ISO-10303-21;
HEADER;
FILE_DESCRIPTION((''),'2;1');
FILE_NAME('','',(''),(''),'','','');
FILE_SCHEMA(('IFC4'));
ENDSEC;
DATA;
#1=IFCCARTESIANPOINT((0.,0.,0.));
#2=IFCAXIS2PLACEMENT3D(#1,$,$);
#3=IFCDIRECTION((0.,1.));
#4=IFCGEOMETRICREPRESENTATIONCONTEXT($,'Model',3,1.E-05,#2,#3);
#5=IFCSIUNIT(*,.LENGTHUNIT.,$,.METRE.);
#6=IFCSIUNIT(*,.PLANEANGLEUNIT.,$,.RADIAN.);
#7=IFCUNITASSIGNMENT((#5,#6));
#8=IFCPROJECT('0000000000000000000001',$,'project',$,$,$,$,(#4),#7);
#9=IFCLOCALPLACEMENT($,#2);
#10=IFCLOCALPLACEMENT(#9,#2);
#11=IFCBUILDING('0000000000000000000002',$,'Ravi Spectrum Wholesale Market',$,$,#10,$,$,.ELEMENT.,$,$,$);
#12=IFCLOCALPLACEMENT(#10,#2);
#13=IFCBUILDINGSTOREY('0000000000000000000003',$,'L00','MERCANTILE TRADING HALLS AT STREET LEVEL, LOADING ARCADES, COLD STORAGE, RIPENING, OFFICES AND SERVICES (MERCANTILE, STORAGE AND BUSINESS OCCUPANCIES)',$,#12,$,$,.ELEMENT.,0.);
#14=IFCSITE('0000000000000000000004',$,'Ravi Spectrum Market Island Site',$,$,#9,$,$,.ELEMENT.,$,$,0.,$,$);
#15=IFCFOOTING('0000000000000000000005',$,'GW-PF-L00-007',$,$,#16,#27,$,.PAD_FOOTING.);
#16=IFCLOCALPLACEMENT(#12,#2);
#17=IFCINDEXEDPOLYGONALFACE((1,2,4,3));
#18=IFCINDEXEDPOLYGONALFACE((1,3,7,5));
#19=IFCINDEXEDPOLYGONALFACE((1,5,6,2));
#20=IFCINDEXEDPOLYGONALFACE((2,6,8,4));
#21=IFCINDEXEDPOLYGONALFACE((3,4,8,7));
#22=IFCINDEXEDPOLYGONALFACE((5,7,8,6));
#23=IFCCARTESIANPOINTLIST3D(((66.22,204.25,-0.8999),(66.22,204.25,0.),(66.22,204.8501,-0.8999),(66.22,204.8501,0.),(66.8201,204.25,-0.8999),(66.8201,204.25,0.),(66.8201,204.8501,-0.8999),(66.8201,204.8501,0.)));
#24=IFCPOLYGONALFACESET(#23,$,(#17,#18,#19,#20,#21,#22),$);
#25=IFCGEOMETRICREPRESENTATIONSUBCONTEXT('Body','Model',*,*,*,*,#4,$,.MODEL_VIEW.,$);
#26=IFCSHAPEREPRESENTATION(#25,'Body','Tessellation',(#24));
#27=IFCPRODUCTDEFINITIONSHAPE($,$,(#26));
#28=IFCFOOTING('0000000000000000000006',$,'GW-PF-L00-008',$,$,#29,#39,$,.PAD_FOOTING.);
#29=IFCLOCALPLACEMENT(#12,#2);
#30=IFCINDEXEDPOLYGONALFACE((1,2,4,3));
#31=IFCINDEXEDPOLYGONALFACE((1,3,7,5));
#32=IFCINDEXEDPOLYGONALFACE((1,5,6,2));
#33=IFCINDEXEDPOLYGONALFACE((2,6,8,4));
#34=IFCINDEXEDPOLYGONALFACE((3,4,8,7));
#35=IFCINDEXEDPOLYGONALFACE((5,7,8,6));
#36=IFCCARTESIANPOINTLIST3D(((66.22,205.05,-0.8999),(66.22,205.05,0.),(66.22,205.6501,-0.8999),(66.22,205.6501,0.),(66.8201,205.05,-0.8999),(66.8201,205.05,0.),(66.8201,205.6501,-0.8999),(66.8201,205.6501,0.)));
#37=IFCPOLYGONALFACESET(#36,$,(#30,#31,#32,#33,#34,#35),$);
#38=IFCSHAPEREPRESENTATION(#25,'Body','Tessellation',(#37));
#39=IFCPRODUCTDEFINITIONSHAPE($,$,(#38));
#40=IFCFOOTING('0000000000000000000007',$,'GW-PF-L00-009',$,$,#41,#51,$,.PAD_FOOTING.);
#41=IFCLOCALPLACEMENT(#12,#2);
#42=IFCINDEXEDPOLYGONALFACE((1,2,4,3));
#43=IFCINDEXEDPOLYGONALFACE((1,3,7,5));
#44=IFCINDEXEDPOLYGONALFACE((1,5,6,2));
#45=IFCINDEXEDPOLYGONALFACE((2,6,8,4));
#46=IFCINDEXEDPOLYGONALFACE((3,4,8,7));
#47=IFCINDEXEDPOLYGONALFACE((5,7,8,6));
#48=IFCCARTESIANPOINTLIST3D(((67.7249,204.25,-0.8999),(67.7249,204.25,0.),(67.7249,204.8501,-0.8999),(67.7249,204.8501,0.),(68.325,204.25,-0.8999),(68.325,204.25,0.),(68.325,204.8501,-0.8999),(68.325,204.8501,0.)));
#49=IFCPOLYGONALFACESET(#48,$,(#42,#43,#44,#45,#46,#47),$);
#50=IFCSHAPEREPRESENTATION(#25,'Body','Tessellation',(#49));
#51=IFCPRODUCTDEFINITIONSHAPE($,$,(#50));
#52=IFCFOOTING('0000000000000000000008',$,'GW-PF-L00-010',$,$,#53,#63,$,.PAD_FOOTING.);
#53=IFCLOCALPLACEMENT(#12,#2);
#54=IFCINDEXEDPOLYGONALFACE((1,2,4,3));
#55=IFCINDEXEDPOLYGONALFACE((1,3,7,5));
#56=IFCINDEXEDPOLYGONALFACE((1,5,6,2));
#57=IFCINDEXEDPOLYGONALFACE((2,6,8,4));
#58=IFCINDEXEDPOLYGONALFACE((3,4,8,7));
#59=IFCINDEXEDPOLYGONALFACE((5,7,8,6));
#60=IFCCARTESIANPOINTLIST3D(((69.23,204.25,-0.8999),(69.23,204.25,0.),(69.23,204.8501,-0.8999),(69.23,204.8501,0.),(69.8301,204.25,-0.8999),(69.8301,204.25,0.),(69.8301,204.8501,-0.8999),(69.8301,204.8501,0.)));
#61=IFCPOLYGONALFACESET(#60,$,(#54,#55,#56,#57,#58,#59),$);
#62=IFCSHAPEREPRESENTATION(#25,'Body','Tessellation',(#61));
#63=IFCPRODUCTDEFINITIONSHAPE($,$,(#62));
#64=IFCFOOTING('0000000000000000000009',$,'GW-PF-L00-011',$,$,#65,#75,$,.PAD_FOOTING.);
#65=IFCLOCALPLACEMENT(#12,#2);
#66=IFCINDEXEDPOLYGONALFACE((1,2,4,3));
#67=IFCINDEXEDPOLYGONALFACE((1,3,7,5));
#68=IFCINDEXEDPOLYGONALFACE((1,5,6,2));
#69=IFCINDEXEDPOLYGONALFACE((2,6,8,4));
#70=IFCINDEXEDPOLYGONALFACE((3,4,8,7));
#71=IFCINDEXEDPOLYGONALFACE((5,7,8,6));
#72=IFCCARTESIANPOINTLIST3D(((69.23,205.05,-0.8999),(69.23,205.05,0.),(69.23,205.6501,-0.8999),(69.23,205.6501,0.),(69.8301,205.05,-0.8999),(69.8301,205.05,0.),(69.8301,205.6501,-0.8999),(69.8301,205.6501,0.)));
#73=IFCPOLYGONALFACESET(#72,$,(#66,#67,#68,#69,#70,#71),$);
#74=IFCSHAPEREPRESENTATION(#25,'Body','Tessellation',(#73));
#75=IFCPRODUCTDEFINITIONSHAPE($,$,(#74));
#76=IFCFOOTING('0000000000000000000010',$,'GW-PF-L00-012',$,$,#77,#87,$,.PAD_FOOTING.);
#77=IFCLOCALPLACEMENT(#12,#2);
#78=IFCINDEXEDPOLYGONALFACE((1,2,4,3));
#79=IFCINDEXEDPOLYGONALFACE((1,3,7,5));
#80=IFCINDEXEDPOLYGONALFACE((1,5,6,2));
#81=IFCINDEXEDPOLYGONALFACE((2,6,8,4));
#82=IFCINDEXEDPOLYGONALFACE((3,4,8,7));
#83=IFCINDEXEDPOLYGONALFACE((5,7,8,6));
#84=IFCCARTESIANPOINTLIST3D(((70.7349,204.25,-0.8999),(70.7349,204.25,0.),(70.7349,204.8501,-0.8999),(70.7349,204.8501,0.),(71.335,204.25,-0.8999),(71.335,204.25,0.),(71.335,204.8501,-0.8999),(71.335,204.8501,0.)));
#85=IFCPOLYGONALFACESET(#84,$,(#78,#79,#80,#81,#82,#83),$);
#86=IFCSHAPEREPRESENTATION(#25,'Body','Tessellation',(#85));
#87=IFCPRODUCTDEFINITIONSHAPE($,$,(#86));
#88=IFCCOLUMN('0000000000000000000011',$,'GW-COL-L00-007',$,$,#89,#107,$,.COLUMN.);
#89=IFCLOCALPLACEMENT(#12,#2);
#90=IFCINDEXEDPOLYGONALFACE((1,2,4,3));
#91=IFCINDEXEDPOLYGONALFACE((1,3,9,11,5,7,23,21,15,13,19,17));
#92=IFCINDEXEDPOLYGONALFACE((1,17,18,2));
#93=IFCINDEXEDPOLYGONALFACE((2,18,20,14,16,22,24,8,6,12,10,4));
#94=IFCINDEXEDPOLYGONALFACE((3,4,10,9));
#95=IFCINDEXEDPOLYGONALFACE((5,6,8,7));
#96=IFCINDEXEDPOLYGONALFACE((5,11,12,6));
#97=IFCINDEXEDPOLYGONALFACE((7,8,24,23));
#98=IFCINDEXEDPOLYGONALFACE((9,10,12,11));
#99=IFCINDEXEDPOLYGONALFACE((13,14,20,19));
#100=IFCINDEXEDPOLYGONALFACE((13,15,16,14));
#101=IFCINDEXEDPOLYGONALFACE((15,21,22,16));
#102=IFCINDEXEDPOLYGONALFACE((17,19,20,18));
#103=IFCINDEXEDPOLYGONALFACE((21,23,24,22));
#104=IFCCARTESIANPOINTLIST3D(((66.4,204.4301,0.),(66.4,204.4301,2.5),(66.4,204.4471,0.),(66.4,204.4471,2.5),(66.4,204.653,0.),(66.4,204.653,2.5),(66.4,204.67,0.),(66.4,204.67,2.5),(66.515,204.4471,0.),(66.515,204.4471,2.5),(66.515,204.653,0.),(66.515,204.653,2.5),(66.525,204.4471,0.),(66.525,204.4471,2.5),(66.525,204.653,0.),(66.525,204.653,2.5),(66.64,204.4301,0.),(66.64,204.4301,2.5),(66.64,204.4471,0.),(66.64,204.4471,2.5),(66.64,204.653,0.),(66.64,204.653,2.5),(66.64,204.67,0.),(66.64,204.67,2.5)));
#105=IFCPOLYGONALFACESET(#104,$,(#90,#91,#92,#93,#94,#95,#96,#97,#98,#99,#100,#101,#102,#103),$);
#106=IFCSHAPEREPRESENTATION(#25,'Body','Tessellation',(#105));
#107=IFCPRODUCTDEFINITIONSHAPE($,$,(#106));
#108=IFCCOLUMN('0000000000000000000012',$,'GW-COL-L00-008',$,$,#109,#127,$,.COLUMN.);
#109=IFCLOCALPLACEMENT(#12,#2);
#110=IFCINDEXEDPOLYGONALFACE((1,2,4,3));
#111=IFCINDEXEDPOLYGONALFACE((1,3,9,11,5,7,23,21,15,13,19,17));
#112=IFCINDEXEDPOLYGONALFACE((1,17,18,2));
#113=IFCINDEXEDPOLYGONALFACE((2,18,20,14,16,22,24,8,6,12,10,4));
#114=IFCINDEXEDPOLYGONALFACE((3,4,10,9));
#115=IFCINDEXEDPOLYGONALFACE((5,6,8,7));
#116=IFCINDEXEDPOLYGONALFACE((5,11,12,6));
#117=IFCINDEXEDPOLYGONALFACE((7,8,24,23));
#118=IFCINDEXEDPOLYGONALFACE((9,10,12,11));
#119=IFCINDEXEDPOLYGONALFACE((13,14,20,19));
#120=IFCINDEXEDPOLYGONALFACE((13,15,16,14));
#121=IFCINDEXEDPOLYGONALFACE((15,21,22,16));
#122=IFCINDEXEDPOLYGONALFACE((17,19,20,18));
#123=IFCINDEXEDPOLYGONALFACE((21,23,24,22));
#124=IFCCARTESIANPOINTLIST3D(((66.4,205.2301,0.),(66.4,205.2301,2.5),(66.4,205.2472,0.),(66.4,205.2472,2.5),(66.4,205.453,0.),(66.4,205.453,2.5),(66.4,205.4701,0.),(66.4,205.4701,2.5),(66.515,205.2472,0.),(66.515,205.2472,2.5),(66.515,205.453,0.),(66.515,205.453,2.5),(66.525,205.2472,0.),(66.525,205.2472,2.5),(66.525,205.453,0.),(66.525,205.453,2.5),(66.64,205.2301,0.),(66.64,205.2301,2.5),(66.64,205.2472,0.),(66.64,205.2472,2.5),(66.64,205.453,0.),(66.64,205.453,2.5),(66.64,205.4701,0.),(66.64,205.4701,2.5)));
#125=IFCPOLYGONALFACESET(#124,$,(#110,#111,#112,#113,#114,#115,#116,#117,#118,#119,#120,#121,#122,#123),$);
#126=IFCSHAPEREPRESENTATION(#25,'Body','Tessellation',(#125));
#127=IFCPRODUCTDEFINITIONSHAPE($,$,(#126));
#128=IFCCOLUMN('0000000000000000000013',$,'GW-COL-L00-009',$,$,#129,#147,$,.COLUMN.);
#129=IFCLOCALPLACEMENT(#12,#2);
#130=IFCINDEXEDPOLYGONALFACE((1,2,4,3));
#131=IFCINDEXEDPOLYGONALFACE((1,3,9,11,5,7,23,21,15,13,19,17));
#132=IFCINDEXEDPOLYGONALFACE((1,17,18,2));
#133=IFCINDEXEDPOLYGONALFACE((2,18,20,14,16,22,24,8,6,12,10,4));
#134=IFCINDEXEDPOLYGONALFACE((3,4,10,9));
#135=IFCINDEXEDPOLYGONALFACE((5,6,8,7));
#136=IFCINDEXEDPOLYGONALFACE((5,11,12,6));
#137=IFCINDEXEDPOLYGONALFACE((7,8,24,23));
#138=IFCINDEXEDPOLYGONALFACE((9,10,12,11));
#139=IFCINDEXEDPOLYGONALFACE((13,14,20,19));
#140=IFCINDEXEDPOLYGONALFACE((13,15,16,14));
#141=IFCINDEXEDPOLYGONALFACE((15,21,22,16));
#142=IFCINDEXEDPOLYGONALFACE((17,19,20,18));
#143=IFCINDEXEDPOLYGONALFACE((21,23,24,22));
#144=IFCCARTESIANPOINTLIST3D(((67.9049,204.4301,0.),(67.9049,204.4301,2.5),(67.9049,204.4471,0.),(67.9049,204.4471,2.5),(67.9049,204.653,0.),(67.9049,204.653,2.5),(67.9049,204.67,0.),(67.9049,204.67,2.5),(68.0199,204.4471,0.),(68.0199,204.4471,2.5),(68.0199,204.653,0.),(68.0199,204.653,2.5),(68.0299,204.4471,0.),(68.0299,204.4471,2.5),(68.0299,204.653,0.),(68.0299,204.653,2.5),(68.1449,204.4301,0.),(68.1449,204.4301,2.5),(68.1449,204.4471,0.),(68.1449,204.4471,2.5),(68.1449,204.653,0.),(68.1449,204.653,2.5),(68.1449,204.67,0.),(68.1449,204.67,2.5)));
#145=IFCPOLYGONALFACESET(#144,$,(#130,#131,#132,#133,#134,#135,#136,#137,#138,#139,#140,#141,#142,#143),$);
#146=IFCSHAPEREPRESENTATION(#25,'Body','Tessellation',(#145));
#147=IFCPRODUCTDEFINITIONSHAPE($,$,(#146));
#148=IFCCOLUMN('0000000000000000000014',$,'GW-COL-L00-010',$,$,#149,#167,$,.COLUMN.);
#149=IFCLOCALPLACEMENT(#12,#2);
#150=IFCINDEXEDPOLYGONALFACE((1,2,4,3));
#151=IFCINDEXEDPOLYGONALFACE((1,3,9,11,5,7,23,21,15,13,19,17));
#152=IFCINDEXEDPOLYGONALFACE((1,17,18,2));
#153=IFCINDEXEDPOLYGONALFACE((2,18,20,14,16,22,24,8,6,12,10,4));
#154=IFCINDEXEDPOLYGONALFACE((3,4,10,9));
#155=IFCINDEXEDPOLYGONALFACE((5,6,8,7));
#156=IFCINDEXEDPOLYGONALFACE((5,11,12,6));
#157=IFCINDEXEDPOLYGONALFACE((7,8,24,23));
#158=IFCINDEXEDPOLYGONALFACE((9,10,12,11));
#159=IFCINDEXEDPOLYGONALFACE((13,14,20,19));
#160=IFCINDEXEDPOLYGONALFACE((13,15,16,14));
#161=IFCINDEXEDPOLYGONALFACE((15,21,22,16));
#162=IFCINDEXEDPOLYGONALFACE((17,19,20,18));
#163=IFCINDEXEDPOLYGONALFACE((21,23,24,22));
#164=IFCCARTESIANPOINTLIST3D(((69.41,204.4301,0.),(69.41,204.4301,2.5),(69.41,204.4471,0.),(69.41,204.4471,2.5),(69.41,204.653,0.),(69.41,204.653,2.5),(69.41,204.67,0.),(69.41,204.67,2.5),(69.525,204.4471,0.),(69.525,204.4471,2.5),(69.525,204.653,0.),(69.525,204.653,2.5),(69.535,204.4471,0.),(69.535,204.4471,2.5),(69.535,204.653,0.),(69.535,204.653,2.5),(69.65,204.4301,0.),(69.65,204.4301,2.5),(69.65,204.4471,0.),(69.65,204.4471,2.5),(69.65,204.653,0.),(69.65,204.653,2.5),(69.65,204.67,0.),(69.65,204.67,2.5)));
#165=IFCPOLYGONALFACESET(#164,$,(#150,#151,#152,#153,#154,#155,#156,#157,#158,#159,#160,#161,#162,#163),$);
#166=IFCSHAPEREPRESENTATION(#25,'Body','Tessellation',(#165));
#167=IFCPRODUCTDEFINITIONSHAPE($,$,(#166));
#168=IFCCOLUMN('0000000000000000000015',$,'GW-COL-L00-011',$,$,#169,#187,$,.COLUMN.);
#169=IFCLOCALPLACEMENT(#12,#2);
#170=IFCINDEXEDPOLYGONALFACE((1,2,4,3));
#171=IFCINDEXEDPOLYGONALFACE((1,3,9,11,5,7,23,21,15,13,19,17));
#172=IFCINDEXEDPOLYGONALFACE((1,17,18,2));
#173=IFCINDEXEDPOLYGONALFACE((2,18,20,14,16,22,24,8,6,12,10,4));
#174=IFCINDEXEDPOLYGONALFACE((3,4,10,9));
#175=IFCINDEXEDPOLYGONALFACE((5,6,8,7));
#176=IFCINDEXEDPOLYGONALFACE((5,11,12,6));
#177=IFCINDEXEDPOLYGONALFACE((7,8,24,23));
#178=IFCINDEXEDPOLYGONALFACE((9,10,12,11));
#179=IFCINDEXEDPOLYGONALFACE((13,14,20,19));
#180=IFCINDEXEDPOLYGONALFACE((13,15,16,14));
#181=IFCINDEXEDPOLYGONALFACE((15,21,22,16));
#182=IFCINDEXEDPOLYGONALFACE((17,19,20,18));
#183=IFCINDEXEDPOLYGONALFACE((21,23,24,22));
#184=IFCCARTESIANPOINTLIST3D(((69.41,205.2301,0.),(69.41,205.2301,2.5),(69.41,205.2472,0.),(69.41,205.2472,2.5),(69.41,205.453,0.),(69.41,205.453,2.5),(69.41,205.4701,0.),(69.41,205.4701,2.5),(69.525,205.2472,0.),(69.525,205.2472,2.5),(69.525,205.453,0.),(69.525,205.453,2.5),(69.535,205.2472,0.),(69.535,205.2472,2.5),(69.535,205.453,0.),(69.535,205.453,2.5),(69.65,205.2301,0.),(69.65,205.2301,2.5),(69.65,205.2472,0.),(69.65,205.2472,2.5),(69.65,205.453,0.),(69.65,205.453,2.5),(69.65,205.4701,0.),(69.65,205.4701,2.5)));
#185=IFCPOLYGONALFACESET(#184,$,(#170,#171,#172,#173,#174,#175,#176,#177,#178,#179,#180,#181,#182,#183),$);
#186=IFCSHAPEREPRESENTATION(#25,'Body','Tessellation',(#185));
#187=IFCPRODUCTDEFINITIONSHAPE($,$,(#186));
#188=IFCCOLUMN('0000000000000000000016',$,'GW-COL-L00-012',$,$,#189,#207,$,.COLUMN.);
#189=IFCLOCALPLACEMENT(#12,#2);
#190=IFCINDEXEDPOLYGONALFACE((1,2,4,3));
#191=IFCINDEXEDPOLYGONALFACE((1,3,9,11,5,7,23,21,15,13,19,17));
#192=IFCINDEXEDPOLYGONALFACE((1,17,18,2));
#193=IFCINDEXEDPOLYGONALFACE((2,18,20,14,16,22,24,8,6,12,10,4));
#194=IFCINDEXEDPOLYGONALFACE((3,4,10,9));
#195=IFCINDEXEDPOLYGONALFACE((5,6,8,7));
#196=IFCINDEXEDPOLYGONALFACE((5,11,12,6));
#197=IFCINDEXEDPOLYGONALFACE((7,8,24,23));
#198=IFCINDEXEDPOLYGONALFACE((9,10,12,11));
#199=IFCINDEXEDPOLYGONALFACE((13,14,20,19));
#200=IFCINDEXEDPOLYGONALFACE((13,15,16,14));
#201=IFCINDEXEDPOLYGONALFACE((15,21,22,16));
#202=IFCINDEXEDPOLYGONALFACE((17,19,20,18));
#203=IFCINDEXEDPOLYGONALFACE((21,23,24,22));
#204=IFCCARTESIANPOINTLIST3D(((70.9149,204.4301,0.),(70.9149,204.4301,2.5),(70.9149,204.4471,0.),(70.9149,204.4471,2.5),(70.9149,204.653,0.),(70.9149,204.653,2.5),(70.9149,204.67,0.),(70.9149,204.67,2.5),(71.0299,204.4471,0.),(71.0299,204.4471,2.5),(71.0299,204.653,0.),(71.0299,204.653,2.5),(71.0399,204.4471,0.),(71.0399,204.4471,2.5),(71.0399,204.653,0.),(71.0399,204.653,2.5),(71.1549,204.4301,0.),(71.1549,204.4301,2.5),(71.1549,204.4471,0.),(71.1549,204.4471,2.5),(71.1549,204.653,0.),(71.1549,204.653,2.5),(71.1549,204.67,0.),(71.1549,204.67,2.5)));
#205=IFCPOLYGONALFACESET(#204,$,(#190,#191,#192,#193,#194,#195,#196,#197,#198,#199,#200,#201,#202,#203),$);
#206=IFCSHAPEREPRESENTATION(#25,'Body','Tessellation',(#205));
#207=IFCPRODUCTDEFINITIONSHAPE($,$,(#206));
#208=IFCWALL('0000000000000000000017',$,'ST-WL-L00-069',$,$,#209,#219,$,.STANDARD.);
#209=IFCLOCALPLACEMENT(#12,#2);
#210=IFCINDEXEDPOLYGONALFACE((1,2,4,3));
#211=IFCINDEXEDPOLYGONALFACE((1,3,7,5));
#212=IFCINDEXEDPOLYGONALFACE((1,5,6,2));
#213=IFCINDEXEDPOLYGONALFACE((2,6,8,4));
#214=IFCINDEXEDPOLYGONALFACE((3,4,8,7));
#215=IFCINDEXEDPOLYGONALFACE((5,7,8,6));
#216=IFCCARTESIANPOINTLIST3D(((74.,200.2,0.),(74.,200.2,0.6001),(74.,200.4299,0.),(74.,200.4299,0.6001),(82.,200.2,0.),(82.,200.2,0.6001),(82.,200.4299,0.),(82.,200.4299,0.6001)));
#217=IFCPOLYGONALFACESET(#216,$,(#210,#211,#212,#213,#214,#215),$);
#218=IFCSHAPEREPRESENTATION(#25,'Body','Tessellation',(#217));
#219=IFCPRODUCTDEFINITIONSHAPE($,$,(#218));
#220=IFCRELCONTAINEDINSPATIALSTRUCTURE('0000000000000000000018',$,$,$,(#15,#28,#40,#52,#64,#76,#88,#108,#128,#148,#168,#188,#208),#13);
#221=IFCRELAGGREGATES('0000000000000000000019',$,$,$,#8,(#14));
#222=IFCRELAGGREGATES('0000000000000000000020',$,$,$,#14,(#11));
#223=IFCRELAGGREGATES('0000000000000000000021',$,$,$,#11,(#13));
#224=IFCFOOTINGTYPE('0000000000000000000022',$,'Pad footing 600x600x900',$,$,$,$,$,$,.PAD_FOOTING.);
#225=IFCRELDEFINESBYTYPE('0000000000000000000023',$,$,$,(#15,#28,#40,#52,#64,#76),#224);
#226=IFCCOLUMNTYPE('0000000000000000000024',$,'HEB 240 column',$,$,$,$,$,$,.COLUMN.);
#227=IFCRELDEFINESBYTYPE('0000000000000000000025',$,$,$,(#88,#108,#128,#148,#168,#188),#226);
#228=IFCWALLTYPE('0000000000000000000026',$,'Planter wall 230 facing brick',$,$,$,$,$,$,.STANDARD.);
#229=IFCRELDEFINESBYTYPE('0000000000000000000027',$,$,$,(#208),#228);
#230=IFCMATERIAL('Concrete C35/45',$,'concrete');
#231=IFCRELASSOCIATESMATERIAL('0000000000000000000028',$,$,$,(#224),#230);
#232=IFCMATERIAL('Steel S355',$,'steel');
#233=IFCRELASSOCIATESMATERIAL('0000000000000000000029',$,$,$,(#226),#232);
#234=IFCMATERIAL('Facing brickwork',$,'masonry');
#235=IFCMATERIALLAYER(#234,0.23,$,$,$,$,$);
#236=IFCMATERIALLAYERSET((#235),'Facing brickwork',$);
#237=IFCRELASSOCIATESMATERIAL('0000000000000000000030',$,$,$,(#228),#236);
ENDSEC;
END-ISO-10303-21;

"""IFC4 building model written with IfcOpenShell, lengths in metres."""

from ifc_helpers import new_model, si_unit, direction, frame, frame_2d, origin, origin_2d, place, context, subcontext, project, spatial, rectangle, i_section, extrude, material, layer, layer_set, material_profile, profile_set, type_object, element, save


model = new_model("IFC4")

# Units and contexts
model_context = context("Model", 3, precision=1e-05, world=origin(), true_north=direction((0.0, 1.0)))
body_context = subcontext(model_context, "Body", "Model", "MODEL_VIEW")
ifc_project = project(units=[si_unit("LENGTHUNIT", "METRE"), si_unit("PLANEANGLEUNIT", "RADIAN")], contexts=[model_context])

# Site, building, storey
site_placement = place(None, origin())
site = spatial("IfcSite", under=ifc_project, at=site_placement, Name="Ravi Spectrum Market Island Site", CompositionType="ELEMENT", RefElevation=0.0)
building_placement = place(site_placement, origin())
building = spatial("IfcBuilding", under=site, at=building_placement, Name="Ravi Spectrum Wholesale Market", CompositionType="ELEMENT")
storey_placement = place(building_placement, origin())
storey = spatial("IfcBuildingStorey", under=building, at=storey_placement, Name="L00", Description="MERCANTILE TRADING HALLS AT STREET LEVEL, LOADING ARCADES, COLD STORAGE, RIPENING, OFFICES AND SERVICES (MERCANTILE, STORAGE AND BUSINESS OCCUPANCIES)", CompositionType="ELEMENT", Elevation=0.0)

# Footings
ifc_material_1 = material(Name="Concrete C35/45", Category="concrete")
footing_type = type_object("IfcFootingType", Name="Pad footing 600x600x900", PredefinedType="PAD_FOOTING", material=ifc_material_1)
for number, where, z_axis, x_axis, name in (
    (1, (66.52, 204.55, -0.8999), (0.0, 0.0, 1.0), (1.0, 0.0, 0.0), "GW-PF-L00-007"),
    (2, (66.52, 205.3501, -0.8999), (0.0, 0.0, 1.0), (1.0, 0.0, 0.0), "GW-PF-L00-008"),
    (3, (68.0249, 204.55, -0.8999), (0.0, 0.0, 1.0), (1.0, 0.0, 0.0), "GW-PF-L00-009"),
    (4, (69.53, 204.55, -0.8999), (0.0, 0.0, 1.0), (1.0, 0.0, 0.0), "GW-PF-L00-010"),
    (5, (69.53, 205.3501, -0.8999), (0.0, 0.0, 1.0), (1.0, 0.0, 0.0), "GW-PF-L00-011"),
    (6, (71.0349, 204.55, -0.8999), (0.0, 0.0, 1.0), (1.0, 0.0, 0.0), "GW-PF-L00-012"),
):
    element("IfcFooting", number, at=place(storey_placement, frame(where, z_axis=z_axis, x_axis=x_axis)), inside=storey, type_object=footing_type, Name=name, PredefinedType="PAD_FOOTING", context=body_context, shape_type="SweptSolid", body=[
        extrude(rectangle(XDim=0.6001, YDim=0.6001, at=origin_2d()), origin(), (0.0, 0.0, 1.0), 0.8999),
    ])

# Columns
ifc_material_2 = material(Name="Steel S355", Category="steel")
ifc_material_profile = material_profile(ifc_material_2, i_section(OverallWidth=0.24, OverallDepth=0.24, WebThickness=0.01, FlangeThickness=0.0171, at=origin_2d()))
ifc_profile_set = profile_set([ifc_material_profile], Name="Steel S355")
column_type = type_object("IfcColumnType", Name="HEB 240 column", PredefinedType="COLUMN", material=ifc_profile_set)
for number, where, z_axis, x_axis, name in (
    (7, (66.52, 204.55, 0.0), (0.0, 0.0, 1.0), (1.0, 0.0, 0.0), "GW-COL-L00-007"),
    (8, (66.52, 205.3501, 0.0), (0.0, 0.0, 1.0), (1.0, 0.0, 0.0), "GW-COL-L00-008"),
    (9, (68.0249, 204.55, 0.0), (0.0, 0.0, 1.0), (1.0, 0.0, 0.0), "GW-COL-L00-009"),
    (10, (69.53, 204.55, 0.0), (0.0, 0.0, 1.0), (1.0, 0.0, 0.0), "GW-COL-L00-010"),
    (11, (69.53, 205.3501, 0.0), (0.0, 0.0, 1.0), (1.0, 0.0, 0.0), "GW-COL-L00-011"),
    (12, (71.0349, 204.55, 0.0), (0.0, 0.0, 1.0), (1.0, 0.0, 0.0), "GW-COL-L00-012"),
):
    element("IfcColumn", number, at=place(storey_placement, frame(where, z_axis=z_axis, x_axis=x_axis)), inside=storey, type_object=column_type, Name=name, PredefinedType="COLUMN", context=body_context, shape_type="SweptSolid", body=[
        extrude(i_section(OverallWidth=0.24, OverallDepth=0.24, WebThickness=0.01, FlangeThickness=0.0171, at=origin_2d()), origin(), (0.0, 0.0, 1.0), 2.5),
    ])

# Wall
ifc_material_3 = material(Name="Facing brickwork", Category="masonry")
ifc_layer = layer(ifc_material_3, 0.23)
ifc_layer_set = layer_set([ifc_layer], Name="Facing brickwork")
wall_type = type_object("IfcWallType", Name="Planter wall 230 facing brick", PredefinedType="STANDARD", material=ifc_layer_set)
wall_placement = place(storey_placement, frame((74.0, 200.3149, 0.0), z_axis=(0.0, 0.0, 1.0), x_axis=(1.0, 0.0, 0.0)))
element("IfcWall", 13, at=wall_placement, inside=storey, type_object=wall_type, Name="ST-WL-L00-069", PredefinedType="STANDARD", context=body_context, shape_type="SweptSolid", body=[
    extrude(rectangle(XDim=8.0, YDim=0.23, at=frame_2d((4.0, 0.0))), origin(), (0.0, 0.0, 1.0), 0.6001),
])

save(model, "model.ifc")
